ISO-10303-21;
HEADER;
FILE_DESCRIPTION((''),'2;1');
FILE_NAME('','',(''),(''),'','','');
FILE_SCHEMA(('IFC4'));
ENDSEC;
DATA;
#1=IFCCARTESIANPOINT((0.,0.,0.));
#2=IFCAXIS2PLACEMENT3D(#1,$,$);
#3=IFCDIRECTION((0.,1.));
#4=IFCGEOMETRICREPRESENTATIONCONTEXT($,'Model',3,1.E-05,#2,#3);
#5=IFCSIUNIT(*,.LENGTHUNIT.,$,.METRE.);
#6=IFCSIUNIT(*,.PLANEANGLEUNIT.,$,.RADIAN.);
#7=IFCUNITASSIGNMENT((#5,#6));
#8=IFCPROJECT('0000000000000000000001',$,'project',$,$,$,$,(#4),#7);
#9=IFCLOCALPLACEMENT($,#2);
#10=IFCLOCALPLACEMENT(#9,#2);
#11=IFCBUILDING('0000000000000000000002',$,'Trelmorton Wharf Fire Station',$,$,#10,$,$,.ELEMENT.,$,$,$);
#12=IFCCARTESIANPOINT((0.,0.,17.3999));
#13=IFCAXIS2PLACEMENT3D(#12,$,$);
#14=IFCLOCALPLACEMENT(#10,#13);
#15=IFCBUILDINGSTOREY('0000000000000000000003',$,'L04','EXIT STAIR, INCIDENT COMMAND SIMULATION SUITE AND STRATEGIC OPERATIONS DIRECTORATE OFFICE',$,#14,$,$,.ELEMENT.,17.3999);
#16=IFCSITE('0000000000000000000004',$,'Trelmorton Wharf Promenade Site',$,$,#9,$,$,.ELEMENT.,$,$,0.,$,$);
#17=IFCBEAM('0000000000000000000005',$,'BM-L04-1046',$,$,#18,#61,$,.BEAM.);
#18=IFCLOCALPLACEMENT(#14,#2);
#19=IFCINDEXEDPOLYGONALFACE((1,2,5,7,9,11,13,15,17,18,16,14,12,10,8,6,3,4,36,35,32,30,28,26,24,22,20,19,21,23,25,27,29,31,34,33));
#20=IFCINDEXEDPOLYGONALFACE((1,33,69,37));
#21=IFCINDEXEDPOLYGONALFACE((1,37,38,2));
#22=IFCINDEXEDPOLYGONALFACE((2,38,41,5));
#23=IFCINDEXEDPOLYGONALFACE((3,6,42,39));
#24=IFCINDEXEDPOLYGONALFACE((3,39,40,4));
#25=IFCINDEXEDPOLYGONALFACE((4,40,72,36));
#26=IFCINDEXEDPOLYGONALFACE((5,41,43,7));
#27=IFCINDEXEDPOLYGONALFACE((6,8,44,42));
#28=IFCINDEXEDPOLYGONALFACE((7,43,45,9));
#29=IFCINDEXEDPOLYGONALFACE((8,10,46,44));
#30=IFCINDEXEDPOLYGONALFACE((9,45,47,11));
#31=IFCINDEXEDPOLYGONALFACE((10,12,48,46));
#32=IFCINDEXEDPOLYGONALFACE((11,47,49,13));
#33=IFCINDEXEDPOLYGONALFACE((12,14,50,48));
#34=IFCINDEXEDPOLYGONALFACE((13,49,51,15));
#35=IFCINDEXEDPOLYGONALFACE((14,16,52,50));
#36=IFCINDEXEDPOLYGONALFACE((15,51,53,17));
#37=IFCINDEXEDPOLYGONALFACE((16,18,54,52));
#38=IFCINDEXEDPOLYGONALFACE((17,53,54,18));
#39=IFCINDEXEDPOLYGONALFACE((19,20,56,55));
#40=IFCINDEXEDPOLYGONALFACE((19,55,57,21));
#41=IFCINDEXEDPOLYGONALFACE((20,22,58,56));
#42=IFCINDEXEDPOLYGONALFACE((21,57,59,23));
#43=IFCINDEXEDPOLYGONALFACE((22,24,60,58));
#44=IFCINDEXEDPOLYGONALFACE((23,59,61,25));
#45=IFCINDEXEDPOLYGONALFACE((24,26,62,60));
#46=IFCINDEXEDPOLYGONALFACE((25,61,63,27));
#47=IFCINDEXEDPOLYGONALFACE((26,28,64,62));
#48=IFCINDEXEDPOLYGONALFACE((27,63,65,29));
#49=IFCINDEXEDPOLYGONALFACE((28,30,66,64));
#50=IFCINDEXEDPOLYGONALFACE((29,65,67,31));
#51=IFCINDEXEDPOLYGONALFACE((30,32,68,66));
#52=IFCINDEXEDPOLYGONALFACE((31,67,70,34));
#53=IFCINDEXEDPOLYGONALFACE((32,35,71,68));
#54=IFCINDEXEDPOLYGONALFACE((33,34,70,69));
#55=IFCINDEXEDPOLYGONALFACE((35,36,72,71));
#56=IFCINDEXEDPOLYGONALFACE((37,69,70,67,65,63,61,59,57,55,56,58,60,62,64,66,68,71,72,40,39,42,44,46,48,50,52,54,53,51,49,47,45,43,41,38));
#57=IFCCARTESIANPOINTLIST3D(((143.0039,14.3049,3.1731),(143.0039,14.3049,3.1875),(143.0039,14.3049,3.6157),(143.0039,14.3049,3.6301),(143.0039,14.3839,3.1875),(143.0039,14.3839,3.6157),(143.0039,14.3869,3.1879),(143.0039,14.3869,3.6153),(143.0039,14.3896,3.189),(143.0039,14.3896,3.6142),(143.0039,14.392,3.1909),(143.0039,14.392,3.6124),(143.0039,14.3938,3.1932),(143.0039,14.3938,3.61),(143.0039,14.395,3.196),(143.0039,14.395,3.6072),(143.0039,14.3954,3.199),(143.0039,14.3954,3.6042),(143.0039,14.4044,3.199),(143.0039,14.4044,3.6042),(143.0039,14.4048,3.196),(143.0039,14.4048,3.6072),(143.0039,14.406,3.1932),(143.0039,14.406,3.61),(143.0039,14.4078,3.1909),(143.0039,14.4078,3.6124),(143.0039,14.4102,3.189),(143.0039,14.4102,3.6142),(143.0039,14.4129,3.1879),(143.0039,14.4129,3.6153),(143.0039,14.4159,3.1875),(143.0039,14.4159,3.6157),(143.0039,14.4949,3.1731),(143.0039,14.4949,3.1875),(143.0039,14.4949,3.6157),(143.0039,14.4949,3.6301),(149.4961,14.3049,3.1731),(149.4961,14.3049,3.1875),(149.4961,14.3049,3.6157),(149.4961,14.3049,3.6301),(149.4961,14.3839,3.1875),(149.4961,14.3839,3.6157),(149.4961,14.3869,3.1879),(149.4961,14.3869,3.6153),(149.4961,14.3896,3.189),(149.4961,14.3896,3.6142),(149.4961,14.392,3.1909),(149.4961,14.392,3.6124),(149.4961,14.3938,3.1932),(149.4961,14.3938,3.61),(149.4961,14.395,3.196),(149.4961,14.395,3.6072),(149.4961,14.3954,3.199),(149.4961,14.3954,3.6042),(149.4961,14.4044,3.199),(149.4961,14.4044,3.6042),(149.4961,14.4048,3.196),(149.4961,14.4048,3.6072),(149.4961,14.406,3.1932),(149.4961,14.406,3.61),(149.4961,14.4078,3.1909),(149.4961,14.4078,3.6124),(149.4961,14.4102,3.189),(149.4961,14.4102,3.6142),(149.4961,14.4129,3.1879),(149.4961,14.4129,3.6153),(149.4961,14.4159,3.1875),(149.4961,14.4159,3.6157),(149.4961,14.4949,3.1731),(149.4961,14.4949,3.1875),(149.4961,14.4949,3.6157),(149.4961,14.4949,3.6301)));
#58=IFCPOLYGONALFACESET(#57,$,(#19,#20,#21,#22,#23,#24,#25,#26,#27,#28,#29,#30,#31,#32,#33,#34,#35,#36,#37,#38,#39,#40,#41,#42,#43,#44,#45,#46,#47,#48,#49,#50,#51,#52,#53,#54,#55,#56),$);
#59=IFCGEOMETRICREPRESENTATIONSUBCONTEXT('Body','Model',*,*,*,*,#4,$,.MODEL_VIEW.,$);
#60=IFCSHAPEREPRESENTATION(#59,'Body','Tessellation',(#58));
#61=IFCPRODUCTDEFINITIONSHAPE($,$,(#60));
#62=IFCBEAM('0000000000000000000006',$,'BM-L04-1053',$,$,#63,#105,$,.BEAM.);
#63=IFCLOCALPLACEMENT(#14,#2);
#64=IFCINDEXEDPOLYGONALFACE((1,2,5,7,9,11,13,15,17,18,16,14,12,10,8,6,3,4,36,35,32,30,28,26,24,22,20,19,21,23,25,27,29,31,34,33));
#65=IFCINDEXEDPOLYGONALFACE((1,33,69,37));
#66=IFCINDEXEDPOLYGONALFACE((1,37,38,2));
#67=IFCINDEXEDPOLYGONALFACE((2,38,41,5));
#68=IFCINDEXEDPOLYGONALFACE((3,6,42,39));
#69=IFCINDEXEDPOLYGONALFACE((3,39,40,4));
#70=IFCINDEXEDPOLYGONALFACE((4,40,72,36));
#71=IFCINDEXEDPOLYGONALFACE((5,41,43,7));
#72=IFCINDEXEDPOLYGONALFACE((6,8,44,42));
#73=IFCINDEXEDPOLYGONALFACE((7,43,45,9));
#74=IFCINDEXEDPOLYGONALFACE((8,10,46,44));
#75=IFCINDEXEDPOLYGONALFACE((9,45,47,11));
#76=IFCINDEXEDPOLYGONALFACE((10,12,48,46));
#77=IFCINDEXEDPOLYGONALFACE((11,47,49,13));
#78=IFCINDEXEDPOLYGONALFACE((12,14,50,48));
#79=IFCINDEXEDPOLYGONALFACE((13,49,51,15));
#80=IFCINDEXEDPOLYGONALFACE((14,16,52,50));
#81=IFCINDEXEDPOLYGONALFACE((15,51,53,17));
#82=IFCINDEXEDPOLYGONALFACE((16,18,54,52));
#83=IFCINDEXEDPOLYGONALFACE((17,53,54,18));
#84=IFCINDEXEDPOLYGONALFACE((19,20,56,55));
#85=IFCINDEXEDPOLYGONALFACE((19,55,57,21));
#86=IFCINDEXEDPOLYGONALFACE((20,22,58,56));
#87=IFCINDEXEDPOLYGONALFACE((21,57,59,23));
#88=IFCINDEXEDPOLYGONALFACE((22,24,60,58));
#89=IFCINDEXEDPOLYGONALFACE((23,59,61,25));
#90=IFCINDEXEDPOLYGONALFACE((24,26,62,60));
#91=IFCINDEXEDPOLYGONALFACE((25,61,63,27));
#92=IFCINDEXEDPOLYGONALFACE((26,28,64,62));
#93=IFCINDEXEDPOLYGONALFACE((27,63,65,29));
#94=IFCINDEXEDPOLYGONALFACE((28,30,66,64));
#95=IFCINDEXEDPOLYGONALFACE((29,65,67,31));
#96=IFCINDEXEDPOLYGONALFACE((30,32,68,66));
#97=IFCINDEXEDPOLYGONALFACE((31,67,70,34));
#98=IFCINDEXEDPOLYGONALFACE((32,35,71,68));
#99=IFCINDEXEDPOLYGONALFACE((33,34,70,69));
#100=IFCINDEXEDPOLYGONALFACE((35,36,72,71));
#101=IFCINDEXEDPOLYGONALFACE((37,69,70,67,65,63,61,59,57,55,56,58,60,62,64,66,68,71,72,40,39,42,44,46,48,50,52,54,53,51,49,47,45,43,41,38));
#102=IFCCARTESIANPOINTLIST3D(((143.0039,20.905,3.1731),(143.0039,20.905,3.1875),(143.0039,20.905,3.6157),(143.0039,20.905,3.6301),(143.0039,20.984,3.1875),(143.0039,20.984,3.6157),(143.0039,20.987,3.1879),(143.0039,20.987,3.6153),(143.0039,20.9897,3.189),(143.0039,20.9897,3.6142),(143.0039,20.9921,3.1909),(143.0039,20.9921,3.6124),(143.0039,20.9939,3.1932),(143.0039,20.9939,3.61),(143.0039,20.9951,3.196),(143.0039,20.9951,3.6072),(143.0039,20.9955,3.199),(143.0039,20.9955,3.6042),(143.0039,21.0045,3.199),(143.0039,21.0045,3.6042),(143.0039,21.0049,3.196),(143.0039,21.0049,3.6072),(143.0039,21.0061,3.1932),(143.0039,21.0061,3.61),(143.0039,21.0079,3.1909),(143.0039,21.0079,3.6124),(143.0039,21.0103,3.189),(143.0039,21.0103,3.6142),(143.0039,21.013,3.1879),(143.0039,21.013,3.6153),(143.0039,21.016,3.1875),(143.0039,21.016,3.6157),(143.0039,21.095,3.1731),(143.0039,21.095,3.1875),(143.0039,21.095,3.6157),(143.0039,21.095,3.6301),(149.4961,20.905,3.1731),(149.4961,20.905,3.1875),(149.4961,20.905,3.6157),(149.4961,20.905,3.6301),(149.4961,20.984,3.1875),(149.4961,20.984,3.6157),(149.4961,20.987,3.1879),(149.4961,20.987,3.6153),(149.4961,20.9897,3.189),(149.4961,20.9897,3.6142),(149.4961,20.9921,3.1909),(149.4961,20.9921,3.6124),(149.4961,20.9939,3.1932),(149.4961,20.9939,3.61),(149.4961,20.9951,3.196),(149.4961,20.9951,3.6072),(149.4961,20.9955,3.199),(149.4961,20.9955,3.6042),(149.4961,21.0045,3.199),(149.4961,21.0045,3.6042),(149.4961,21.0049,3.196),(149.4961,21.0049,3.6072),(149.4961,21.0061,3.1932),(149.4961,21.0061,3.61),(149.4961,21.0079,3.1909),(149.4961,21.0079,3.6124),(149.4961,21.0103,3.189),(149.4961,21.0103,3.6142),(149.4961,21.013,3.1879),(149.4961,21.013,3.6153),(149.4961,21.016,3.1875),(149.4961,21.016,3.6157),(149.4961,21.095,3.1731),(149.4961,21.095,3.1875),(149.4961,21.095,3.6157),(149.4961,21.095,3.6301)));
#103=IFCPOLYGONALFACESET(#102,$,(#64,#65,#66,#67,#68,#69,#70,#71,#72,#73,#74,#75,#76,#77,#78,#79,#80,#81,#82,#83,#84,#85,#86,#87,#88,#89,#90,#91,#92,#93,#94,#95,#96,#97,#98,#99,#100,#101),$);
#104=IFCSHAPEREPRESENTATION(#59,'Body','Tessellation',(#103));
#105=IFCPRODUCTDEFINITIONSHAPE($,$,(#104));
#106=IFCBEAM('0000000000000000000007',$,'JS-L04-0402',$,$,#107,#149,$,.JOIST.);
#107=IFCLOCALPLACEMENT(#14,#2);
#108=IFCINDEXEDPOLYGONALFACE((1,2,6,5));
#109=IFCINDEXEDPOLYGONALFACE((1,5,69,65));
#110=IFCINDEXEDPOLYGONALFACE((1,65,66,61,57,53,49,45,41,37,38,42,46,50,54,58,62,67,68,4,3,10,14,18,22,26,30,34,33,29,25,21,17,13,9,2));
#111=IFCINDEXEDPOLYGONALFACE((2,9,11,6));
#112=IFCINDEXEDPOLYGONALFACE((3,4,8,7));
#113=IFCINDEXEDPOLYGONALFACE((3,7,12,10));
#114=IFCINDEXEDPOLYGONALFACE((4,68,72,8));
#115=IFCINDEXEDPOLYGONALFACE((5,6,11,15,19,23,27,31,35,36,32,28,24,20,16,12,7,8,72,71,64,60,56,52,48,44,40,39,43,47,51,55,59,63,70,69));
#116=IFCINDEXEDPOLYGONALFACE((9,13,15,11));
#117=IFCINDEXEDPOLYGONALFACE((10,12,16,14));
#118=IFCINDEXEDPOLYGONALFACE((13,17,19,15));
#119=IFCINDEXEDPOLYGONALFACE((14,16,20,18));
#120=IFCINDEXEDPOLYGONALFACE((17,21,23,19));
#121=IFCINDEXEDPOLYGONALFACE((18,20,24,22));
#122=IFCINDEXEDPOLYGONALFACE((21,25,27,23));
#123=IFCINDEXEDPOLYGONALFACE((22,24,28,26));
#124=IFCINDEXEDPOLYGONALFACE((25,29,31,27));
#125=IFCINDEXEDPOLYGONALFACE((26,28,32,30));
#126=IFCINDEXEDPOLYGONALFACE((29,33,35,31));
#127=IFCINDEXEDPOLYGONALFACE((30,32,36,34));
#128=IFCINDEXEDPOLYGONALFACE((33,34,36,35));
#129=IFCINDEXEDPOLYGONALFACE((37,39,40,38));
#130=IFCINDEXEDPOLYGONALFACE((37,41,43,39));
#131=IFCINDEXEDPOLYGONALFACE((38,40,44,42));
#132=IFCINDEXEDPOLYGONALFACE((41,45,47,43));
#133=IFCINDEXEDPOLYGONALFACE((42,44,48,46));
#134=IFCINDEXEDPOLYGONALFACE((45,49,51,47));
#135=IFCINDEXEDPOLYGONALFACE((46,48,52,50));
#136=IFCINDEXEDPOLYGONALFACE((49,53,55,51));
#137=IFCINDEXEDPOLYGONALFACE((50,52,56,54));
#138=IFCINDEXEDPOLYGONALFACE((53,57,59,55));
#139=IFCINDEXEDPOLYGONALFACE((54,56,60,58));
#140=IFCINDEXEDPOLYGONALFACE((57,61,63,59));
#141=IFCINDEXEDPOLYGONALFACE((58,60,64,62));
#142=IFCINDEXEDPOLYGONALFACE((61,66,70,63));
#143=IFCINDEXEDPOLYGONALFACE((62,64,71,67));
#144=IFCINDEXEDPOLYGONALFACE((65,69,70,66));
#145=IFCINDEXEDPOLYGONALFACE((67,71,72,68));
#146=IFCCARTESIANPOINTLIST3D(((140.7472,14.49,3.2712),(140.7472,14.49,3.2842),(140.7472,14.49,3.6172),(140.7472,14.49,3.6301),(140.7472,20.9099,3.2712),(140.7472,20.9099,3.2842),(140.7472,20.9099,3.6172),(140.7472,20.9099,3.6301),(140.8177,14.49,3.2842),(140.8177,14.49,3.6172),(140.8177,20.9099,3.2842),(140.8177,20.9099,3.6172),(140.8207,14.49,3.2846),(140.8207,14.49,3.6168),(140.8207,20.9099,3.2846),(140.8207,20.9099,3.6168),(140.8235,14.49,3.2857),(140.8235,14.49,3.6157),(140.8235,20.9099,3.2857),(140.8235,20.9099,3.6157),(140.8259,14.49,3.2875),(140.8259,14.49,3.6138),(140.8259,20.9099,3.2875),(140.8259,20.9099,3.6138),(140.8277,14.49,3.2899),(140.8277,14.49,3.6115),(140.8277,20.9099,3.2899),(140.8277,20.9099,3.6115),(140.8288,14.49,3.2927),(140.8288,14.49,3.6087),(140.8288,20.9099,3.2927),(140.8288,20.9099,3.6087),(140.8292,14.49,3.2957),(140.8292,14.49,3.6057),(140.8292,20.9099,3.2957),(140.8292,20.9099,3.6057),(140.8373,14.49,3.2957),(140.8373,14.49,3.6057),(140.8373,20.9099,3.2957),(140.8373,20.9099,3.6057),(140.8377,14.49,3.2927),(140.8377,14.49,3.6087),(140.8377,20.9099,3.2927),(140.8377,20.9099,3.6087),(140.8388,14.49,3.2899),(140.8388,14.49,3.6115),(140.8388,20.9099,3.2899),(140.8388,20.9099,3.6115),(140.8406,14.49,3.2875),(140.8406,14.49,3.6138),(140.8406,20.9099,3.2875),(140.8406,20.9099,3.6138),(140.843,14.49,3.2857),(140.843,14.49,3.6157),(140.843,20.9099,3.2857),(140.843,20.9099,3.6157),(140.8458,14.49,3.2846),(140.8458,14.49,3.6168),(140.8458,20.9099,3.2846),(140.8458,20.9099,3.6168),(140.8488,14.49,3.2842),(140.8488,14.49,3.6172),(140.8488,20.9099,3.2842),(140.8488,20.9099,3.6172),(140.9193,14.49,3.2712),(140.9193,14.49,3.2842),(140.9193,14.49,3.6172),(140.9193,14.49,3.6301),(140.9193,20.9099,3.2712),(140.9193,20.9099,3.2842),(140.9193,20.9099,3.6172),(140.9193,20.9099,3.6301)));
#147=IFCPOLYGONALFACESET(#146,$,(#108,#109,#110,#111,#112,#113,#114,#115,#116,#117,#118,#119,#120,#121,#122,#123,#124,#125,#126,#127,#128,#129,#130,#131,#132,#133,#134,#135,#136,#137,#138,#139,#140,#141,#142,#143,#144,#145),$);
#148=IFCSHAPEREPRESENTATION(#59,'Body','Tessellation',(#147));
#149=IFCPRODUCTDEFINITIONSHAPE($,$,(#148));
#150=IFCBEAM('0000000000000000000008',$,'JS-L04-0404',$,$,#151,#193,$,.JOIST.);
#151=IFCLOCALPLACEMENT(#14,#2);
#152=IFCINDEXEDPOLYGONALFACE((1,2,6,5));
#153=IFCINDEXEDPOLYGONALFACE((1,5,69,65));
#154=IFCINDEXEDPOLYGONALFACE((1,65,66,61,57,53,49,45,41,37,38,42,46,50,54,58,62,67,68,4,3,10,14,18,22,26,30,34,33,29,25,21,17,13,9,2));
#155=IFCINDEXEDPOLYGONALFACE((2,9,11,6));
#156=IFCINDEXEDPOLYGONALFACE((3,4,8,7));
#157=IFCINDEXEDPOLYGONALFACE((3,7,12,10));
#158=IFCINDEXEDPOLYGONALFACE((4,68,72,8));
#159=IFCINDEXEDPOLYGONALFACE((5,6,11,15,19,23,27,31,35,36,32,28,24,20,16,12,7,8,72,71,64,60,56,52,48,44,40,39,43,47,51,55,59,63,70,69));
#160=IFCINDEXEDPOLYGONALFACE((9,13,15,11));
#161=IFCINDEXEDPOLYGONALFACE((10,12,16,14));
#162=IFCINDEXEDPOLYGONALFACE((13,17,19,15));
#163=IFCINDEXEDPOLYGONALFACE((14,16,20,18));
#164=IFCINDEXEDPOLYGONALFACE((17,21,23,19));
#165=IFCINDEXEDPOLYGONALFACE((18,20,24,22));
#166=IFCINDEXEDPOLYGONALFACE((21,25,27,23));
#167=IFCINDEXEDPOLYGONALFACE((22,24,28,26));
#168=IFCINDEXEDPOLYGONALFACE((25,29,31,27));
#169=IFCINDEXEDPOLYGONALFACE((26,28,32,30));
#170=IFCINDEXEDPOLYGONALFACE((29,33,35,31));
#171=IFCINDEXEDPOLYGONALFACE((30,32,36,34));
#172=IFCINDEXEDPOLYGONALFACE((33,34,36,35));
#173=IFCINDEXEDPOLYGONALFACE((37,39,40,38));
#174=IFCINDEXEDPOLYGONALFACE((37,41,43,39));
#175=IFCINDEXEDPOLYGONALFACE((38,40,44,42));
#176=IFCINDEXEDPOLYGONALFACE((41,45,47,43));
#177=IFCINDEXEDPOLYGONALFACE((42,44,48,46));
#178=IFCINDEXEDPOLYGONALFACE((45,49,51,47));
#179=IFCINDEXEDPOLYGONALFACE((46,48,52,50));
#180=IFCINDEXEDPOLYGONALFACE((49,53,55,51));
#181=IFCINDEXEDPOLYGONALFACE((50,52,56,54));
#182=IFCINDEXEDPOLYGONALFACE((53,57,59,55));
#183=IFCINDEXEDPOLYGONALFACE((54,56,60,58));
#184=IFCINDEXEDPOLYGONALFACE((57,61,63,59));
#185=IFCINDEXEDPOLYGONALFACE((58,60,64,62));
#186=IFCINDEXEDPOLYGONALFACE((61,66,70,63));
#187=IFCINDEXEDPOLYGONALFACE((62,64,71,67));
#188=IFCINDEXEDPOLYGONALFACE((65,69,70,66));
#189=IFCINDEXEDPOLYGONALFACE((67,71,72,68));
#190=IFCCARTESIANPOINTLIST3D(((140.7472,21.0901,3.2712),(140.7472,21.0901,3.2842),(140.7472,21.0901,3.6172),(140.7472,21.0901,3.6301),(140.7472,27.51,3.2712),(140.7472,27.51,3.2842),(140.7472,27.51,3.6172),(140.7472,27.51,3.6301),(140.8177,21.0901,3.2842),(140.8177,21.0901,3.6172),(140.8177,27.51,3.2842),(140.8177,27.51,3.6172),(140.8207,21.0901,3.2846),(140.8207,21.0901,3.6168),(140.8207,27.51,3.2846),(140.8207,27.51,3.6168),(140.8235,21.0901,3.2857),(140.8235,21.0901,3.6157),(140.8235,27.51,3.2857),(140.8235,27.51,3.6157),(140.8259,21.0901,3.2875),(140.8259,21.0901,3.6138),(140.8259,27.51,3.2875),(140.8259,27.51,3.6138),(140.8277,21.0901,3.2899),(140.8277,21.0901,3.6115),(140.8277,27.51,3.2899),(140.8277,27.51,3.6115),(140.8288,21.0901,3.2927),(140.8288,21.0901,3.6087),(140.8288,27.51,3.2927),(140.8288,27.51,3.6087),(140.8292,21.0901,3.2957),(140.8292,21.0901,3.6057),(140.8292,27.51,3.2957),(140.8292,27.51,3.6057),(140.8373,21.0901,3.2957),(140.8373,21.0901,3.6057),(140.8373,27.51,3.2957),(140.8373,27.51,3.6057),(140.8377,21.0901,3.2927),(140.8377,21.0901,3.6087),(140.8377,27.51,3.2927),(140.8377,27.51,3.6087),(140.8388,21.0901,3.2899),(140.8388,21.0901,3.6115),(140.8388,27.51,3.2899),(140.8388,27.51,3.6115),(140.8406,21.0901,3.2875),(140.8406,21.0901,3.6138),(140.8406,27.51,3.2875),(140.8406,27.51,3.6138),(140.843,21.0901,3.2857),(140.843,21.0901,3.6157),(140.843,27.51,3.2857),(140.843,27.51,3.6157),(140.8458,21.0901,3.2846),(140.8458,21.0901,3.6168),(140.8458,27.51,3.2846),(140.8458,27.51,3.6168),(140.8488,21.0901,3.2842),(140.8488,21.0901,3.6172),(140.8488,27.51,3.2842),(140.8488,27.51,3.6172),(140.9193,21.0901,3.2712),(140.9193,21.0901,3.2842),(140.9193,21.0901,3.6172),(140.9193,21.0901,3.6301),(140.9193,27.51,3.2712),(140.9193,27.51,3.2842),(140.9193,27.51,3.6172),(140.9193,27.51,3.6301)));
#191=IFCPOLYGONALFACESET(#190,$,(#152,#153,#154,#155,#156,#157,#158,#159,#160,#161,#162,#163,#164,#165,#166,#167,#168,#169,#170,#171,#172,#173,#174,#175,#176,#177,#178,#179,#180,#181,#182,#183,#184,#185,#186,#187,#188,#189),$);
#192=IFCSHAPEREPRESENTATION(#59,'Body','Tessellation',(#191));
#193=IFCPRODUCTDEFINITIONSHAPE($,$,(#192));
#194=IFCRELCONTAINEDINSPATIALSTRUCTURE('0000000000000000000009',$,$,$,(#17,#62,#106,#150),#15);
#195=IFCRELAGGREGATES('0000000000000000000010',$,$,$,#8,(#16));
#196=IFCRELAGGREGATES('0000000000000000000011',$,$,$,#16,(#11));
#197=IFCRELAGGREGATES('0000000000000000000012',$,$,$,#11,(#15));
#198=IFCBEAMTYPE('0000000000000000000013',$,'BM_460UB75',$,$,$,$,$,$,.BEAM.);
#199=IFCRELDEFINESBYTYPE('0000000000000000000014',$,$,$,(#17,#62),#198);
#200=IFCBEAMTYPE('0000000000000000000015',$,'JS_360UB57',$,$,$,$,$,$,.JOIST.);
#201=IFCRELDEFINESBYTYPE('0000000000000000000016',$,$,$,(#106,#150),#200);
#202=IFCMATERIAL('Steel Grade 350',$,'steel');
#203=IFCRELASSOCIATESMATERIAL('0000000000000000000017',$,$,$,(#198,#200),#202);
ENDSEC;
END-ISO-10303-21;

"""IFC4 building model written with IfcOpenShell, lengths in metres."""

from ifc_helpers import new_model, si_unit, direction, frame, origin, origin_2d, place, context, subcontext, project, spatial, i_section, extrude, material, material_profile, profile_set, type_object, element, save


model = new_model("IFC4")

# Units and contexts
model_context = context("Model", 3, precision=1e-05, world=origin(), true_north=direction((0.0, 1.0)))
body_context = subcontext(model_context, "Body", "Model", "MODEL_VIEW")
ifc_project = project(units=[si_unit("LENGTHUNIT", "METRE"), si_unit("PLANEANGLEUNIT", "RADIAN")], contexts=[model_context])

# Site, building, storey
site_placement = place(None, origin())
site = spatial("IfcSite", under=ifc_project, at=site_placement, Name="Trelmorton Wharf Promenade Site", CompositionType="ELEMENT", RefElevation=0.0)
building_placement = place(site_placement, origin())
building = spatial("IfcBuilding", under=site, at=building_placement, Name="Trelmorton Wharf Fire Station", CompositionType="ELEMENT")
storey_placement = place(building_placement, frame((0.0, 0.0, 17.3999)))
storey = spatial("IfcBuildingStorey", under=building, at=storey_placement, Name="L04", Description="EXIT STAIR, INCIDENT COMMAND SIMULATION SUITE AND STRATEGIC OPERATIONS DIRECTORATE OFFICE", CompositionType="ELEMENT", Elevation=17.3999)

# Shared definitions
ifc_material_1 = material(Name="Steel Grade 350", Category="steel")

# Beams
ifc_material_profile_1 = material_profile(ifc_material_1, i_section(OverallWidth=0.1899, OverallDepth=0.457, WebThickness=0.009, FlangeThickness=0.0144, FilletRadius=0.0115, at=origin_2d()), Name="460UB74.6")
ifc_profile_set_1 = profile_set([ifc_material_profile_1], Name="Steel Grade 350")
beam_type_1 = type_object("IfcBeamType", Name="BM_460UB75", PredefinedType="BEAM", material=ifc_profile_set_1)
for number, where, z_axis, x_axis, name in (
    (1, (143.0039, 14.3999, 3.4016), (1.0, 0.0, 0.0), (0.0, 1.0, 0.0), "BM-L04-1046"),
    (2, (143.0039, 21.0, 3.4016), (1.0, 0.0, 0.0), (0.0, 1.0, 0.0), "BM-L04-1053"),
):
    element("IfcBeam", number, at=place(storey_placement, frame(where, z_axis=z_axis, x_axis=x_axis)), inside=storey, type_object=beam_type_1, Name=name, PredefinedType="BEAM", context=body_context, shape_type="SweptSolid", body=[
        extrude(i_section(OverallWidth=0.1899, OverallDepth=0.457, WebThickness=0.009, FlangeThickness=0.0144, FilletRadius=0.0115, at=origin_2d()), origin(), (0.0, 0.0, 1.0), 6.4922),
    ])
ifc_material_profile_2 = material_profile(ifc_material_1, i_section(OverallWidth=0.1721, OverallDepth=0.3589, WebThickness=0.0081, FlangeThickness=0.0129, FilletRadius=0.0115, at=origin_2d()), Name="360UB56.7")
ifc_profile_set_2 = profile_set([ifc_material_profile_2], Name="Steel Grade 350")
beam_type_2 = type_object("IfcBeamType", Name="JS_360UB57", PredefinedType="JOIST", material=ifc_profile_set_2)
for number, where, z_axis, x_axis, name in (
    (3, (140.8333, 14.49, 3.4507), (0.0, 1.0, 0.0), (-1.0, 0.0, 0.0), "JS-L04-0402"),
    (4, (140.8333, 21.0901, 3.4507), (0.0, 1.0, 0.0), (-1.0, 0.0, 0.0), "JS-L04-0404"),
):
    element("IfcBeam", number, at=place(storey_placement, frame(where, z_axis=z_axis, x_axis=x_axis)), inside=storey, type_object=beam_type_2, Name=name, PredefinedType="JOIST", context=body_context, shape_type="SweptSolid", body=[
        extrude(i_section(OverallWidth=0.1721, OverallDepth=0.3589, WebThickness=0.0081, FlangeThickness=0.0129, FilletRadius=0.0115, at=origin_2d()), origin(), (0.0, 0.0, 1.0), 6.4199),
    ])

save(model, "model.ifc")
